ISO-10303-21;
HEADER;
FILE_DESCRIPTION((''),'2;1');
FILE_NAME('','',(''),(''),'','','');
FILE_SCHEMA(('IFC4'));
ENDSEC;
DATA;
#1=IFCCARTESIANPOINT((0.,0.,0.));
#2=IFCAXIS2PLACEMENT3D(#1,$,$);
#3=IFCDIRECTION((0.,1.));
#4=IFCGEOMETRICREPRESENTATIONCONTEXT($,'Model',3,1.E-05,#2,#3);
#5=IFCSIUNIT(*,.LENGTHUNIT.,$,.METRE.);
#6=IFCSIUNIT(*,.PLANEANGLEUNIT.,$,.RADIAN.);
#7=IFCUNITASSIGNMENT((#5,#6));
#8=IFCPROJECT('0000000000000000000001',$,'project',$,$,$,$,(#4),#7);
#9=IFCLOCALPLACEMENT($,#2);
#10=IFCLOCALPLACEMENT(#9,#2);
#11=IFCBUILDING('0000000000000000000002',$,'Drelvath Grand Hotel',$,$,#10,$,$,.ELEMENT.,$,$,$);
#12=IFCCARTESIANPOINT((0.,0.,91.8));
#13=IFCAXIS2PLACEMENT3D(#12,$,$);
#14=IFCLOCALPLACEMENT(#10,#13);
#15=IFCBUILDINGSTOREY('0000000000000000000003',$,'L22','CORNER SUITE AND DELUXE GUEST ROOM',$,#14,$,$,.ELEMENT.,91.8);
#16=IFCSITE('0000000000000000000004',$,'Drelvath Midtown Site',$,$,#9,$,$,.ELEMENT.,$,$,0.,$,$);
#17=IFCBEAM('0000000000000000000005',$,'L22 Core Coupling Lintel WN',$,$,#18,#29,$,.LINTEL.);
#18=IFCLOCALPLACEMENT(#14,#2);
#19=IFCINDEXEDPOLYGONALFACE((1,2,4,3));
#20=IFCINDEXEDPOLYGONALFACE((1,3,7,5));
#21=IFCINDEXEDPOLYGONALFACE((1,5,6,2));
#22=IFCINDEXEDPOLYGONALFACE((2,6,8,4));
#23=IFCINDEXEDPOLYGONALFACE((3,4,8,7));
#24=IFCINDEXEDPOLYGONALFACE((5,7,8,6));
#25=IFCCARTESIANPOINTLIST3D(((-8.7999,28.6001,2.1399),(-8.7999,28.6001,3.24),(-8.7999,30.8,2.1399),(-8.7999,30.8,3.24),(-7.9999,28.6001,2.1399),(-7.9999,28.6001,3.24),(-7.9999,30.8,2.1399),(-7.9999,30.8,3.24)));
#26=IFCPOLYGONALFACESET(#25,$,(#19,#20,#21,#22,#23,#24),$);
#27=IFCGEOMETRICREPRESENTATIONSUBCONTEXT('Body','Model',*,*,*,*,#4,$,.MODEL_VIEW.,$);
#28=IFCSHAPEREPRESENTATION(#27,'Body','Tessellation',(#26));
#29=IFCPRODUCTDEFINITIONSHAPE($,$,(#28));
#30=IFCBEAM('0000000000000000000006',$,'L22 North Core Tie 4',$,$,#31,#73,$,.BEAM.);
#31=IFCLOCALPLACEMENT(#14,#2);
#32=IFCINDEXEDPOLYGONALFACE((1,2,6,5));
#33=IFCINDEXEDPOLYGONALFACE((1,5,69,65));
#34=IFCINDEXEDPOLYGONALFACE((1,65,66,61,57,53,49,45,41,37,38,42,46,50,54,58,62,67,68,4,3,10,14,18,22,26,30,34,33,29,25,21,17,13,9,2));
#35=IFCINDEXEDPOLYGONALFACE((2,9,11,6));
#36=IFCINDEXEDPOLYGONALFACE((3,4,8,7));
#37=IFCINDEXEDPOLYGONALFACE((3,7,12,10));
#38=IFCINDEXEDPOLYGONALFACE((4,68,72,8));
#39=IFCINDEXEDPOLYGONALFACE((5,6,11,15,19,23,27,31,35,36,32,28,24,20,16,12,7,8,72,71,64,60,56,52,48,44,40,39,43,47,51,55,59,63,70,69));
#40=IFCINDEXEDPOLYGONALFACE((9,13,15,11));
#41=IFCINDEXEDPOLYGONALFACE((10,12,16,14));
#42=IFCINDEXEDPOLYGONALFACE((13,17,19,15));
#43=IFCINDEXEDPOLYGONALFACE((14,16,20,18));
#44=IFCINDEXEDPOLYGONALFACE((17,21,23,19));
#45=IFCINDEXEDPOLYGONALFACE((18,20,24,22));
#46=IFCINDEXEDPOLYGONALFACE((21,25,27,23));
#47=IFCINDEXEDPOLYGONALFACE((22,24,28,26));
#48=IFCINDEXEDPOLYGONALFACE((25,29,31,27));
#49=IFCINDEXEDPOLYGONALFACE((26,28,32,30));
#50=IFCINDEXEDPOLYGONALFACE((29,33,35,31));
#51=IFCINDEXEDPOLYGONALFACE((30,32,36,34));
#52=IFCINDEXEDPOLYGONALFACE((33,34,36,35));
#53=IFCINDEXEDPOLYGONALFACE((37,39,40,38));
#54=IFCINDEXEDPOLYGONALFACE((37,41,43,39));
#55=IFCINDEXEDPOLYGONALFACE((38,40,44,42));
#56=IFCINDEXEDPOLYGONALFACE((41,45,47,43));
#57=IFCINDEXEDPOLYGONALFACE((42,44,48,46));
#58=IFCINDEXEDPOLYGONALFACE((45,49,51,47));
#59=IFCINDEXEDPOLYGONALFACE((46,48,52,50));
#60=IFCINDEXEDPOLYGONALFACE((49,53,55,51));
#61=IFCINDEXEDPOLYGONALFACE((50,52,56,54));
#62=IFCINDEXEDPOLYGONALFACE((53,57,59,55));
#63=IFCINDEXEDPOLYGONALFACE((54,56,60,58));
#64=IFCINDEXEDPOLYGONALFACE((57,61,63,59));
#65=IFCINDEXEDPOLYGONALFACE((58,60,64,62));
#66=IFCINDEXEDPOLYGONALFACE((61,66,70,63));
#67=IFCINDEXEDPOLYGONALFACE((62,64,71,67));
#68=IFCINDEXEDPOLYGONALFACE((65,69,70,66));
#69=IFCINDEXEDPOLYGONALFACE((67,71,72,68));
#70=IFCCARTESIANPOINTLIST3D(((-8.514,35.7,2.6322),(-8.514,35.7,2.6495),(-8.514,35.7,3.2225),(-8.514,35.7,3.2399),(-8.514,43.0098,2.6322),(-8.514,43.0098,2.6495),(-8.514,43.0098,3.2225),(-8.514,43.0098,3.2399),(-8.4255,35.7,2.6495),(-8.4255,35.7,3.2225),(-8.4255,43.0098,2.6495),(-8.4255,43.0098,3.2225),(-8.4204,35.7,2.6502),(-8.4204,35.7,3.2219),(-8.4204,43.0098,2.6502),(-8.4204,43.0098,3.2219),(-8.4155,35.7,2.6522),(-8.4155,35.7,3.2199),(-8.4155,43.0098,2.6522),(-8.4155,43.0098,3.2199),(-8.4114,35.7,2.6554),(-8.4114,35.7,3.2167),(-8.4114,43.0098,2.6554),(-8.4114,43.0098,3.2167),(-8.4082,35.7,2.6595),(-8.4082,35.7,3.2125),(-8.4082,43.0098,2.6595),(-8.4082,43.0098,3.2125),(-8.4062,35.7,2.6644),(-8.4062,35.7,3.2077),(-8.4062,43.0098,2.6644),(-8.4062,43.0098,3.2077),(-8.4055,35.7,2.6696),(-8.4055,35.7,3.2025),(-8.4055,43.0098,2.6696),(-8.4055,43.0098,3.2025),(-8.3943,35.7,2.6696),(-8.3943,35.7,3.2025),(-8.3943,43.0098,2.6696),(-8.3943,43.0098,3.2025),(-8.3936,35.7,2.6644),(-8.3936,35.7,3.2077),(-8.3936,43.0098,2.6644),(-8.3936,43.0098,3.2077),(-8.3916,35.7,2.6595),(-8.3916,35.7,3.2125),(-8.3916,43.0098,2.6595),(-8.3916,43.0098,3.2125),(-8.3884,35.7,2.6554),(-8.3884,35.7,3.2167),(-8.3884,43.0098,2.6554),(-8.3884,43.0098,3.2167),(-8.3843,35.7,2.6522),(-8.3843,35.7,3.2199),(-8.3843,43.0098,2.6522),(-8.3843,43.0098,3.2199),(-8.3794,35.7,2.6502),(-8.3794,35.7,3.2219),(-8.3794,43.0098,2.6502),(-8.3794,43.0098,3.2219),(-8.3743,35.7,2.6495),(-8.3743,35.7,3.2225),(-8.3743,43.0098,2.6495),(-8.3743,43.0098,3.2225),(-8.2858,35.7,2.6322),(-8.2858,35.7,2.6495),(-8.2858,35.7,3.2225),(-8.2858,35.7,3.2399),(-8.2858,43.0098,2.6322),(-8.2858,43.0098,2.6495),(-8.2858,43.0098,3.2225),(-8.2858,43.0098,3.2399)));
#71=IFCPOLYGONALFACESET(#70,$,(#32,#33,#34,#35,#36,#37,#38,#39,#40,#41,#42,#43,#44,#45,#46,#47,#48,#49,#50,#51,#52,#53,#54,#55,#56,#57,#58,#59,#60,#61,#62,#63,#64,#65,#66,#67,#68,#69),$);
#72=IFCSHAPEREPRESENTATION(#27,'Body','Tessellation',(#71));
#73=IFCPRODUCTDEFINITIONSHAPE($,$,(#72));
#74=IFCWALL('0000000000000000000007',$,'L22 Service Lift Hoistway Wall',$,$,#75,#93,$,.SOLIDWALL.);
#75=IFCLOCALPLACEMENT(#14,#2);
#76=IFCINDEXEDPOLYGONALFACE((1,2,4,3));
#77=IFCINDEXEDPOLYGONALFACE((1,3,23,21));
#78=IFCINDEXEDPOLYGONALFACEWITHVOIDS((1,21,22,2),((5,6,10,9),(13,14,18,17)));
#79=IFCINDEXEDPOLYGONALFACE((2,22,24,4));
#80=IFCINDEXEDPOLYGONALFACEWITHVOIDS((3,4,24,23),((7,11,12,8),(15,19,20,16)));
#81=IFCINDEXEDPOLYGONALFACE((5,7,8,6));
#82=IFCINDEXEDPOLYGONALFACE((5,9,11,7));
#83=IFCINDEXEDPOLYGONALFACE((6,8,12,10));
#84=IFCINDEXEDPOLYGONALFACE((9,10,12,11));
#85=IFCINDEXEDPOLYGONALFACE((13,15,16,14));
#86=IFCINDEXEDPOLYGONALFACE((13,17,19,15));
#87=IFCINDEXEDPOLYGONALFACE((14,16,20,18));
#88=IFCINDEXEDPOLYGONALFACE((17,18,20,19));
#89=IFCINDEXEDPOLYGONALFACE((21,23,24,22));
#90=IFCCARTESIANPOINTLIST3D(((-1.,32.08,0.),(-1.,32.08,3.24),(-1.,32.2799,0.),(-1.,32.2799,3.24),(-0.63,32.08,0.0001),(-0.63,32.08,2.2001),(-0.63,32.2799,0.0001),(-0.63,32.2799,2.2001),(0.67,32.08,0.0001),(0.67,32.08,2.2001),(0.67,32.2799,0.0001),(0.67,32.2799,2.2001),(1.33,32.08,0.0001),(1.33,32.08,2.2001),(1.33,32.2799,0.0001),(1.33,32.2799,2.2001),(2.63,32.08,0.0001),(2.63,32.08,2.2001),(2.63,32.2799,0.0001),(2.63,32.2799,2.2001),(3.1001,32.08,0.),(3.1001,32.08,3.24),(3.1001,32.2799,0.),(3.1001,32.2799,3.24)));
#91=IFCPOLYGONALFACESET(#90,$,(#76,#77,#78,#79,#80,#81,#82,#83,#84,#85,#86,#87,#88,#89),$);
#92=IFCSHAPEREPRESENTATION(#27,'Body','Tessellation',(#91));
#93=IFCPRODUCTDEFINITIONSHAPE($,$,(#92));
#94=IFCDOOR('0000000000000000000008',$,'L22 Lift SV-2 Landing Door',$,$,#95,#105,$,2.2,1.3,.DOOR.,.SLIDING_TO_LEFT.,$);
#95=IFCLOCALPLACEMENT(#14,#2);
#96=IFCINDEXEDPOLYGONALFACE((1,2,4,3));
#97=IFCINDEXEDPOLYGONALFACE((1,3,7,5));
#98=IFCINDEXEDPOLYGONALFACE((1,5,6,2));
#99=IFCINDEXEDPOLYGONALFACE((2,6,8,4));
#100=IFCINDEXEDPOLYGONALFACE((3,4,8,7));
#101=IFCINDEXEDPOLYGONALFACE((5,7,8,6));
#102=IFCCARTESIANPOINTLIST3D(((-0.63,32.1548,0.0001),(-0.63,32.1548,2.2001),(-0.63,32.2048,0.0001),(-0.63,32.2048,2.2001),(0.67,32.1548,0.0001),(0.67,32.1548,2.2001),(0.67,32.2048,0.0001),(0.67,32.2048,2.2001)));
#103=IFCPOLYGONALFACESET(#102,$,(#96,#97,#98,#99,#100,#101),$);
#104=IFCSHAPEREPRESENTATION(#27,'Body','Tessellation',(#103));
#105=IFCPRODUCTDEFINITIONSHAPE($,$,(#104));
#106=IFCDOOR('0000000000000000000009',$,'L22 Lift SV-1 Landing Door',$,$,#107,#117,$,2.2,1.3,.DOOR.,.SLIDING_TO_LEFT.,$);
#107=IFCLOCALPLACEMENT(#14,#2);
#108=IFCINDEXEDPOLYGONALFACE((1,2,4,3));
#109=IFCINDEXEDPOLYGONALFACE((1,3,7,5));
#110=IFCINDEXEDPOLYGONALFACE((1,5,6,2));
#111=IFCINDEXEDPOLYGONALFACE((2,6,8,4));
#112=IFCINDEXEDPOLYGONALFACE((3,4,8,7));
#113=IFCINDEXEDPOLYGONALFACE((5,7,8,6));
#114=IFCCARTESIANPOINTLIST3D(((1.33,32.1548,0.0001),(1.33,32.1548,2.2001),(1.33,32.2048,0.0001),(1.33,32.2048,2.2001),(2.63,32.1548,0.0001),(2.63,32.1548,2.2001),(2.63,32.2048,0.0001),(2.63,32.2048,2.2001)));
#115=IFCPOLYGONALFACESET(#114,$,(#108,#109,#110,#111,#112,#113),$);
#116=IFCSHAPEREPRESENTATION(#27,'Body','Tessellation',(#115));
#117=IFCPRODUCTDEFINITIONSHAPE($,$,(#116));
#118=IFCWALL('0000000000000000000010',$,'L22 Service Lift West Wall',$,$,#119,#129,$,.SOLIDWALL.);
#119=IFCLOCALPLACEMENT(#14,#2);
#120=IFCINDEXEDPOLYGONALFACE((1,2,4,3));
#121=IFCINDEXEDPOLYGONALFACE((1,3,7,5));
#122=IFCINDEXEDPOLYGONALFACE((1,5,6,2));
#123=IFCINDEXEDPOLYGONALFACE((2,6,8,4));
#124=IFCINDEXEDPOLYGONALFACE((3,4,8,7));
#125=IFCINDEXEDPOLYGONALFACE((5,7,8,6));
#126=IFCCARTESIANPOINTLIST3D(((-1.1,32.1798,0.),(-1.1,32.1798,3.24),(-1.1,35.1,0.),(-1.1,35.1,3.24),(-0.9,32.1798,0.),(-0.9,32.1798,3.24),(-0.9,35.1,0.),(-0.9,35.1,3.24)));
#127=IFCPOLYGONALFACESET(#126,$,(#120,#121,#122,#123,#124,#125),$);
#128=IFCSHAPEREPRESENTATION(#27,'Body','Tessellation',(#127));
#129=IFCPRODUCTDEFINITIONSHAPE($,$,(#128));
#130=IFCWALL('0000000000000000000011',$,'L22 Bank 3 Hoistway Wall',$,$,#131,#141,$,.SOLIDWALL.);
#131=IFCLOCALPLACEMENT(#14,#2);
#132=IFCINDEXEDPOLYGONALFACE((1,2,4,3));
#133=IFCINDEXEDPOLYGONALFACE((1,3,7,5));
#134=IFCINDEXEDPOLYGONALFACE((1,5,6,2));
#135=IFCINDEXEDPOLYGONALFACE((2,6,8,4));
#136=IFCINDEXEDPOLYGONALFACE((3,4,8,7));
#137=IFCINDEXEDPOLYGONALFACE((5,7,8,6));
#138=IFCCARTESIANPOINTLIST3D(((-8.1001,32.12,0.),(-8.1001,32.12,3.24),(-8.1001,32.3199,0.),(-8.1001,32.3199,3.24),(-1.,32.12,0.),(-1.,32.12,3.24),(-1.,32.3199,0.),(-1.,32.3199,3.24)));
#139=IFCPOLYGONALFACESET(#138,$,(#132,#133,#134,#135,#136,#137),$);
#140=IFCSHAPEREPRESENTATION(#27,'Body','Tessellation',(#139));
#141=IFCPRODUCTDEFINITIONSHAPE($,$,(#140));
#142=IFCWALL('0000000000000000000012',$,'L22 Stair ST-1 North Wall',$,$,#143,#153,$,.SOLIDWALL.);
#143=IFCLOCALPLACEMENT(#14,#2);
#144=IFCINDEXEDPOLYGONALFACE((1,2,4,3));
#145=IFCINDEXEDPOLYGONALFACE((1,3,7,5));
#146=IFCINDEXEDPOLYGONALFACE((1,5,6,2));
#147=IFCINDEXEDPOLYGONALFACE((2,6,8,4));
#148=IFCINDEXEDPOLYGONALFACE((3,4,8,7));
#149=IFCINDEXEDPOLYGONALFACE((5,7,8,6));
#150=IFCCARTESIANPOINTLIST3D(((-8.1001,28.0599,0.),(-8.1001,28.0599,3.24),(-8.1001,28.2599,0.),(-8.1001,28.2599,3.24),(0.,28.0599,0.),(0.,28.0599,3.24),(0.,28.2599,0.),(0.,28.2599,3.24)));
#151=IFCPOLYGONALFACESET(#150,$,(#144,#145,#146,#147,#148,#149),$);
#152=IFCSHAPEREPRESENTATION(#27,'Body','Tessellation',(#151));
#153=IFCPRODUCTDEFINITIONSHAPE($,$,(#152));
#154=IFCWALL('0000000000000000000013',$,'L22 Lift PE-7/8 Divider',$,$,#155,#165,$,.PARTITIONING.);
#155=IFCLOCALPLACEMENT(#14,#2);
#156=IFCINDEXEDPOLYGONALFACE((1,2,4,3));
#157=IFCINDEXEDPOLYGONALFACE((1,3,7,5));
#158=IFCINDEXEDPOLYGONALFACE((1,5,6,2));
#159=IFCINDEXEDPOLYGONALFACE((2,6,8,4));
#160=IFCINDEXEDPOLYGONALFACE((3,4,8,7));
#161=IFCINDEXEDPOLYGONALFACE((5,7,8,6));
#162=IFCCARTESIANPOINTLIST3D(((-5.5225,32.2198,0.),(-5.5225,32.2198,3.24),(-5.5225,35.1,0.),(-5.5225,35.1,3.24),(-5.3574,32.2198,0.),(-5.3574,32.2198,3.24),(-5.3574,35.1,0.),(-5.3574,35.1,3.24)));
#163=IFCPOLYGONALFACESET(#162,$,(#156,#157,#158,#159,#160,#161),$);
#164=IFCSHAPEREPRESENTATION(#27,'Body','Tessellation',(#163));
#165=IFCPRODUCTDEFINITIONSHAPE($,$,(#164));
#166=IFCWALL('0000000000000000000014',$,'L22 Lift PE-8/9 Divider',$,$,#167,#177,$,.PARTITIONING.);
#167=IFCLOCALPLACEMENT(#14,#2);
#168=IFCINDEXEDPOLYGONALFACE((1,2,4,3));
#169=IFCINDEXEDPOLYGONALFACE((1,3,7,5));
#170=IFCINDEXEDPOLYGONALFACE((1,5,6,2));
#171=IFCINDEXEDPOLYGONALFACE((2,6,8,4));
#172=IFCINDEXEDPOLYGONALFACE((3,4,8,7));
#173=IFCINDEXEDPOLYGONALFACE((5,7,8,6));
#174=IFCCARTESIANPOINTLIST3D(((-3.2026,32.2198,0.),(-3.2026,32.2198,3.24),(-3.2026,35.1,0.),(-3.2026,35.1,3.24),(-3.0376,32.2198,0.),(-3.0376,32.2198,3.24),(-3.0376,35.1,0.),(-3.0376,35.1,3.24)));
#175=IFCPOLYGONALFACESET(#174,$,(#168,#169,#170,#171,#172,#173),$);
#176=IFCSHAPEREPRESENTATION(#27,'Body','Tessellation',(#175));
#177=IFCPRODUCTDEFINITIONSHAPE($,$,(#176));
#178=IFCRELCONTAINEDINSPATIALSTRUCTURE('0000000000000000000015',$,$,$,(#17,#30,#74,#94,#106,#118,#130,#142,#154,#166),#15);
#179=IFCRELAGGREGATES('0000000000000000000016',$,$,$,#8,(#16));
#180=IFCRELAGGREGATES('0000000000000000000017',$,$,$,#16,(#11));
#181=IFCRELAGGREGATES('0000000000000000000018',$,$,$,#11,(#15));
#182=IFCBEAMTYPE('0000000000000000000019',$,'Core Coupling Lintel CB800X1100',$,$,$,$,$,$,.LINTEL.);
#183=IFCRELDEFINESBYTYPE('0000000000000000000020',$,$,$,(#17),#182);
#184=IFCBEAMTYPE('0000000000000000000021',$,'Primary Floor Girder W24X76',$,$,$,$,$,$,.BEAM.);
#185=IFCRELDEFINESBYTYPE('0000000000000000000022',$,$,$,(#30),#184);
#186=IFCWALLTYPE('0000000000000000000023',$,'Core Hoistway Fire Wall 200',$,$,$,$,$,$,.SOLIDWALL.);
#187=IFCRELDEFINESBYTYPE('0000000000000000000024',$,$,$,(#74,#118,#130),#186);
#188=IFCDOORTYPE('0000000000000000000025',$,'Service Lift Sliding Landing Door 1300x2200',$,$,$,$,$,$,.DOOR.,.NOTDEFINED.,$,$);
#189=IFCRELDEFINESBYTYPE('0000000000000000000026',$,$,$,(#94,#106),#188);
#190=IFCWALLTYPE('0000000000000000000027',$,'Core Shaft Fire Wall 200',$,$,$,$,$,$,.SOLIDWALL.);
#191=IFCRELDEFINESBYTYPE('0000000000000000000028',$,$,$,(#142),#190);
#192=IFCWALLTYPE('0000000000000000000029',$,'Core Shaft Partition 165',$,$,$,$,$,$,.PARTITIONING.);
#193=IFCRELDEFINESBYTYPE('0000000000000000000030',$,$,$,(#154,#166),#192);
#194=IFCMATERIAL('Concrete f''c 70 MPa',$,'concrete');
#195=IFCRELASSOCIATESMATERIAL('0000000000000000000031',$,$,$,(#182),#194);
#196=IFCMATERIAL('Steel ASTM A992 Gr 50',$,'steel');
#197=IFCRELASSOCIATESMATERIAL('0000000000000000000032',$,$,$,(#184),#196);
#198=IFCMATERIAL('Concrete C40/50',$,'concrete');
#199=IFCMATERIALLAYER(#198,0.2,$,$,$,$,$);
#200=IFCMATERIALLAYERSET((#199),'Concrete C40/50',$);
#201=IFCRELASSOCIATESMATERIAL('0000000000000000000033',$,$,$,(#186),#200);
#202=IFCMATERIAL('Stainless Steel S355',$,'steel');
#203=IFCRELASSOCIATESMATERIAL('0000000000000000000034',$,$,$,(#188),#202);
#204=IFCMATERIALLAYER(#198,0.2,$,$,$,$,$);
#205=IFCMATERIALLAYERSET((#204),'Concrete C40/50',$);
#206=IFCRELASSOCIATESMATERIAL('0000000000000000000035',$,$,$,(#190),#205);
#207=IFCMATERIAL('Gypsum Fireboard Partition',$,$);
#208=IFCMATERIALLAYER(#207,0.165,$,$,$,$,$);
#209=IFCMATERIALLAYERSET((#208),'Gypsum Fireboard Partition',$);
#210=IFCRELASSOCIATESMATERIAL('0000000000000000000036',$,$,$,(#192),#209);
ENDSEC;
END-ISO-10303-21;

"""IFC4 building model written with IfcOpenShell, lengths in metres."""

from ifc_helpers import new_model, si_unit, direction, frame, frame_2d, origin, origin_2d, place, context, subcontext, project, spatial, rectangle, i_section, extrude, material, layer, layer_set, material_profile, profile_set, type_object, element, fill, save


model = new_model("IFC4")

# Units and contexts
model_context = context("Model", 3, precision=1e-05, world=origin(), true_north=direction((0.0, 1.0)))
body_context = subcontext(model_context, "Body", "Model", "MODEL_VIEW")
ifc_project = project(units=[si_unit("LENGTHUNIT", "METRE"), si_unit("PLANEANGLEUNIT", "RADIAN")], contexts=[model_context])

# Site, building, storey
site_placement = place(None, origin())
site = spatial("IfcSite", under=ifc_project, at=site_placement, Name="Drelvath Midtown Site", CompositionType="ELEMENT", RefElevation=0.0)
building_placement = place(site_placement, origin())
building = spatial("IfcBuilding", under=site, at=building_placement, Name="Drelvath Grand Hotel", CompositionType="ELEMENT")
storey_placement = place(building_placement, frame((0.0, 0.0, 91.8)))
storey = spatial("IfcBuildingStorey", under=building, at=storey_placement, Name="L22", Description="CORNER SUITE AND DELUXE GUEST ROOM", CompositionType="ELEMENT", Elevation=91.8)

# Beams
ifc_material_1 = material(Name="Concrete f'c 70 MPa", Category="concrete")
ifc_material_profile_1 = material_profile(ifc_material_1, rectangle(XDim=0.8, YDim=1.1001, at=origin_2d()), Name="CB800X1100")
ifc_profile_set_1 = profile_set([ifc_material_profile_1], Name="Concrete f'c 70 MPa")
beam_type_1 = type_object("IfcBeamType", Name="Core Coupling Lintel CB800X1100", PredefinedType="LINTEL", material=ifc_profile_set_1)
beam_1_placement = place(storey_placement, frame((-8.3999, 28.6001, 2.6899), z_axis=(0.0, 1.0, 0.0), x_axis=(-1.0, 0.0, 0.0)))
element("IfcBeam", 1, at=beam_1_placement, inside=storey, type_object=beam_type_1, Name="L22 Core Coupling Lintel WN", PredefinedType="LINTEL", context=body_context, shape_type="SweptSolid", body=[
    extrude(rectangle(XDim=0.8, YDim=1.1001, at=origin_2d()), origin(), (0.0, 0.0, 1.0), 2.2),
])
ifc_material_2 = material(Name="Steel ASTM A992 Gr 50", Category="steel")
ifc_material_profile_2 = material_profile(ifc_material_2, i_section(OverallWidth=0.2283, OverallDepth=0.6077, WebThickness=0.0112, FlangeThickness=0.0173, FilletRadius=0.02, at=origin_2d()), Name="W24X76")
ifc_profile_set_2 = profile_set([ifc_material_profile_2], Name="Steel ASTM A992 Gr 50")
beam_type_2 = type_object("IfcBeamType", Name="Primary Floor Girder W24X76", PredefinedType="BEAM", material=ifc_profile_set_2)
beam_2_placement = place(storey_placement, frame((-8.3999, 35.7, 2.936), z_axis=(0.0, 1.0, 0.0), x_axis=(-1.0, 0.0, 0.0)))
element("IfcBeam", 2, at=beam_2_placement, inside=storey, type_object=beam_type_2, Name="L22 North Core Tie 4", PredefinedType="BEAM", context=body_context, shape_type="SweptSolid", body=[
    extrude(i_section(OverallWidth=0.2283, OverallDepth=0.6077, WebThickness=0.0112, FlangeThickness=0.0173, FilletRadius=0.02, at=origin_2d()), origin(), (0.0, 0.0, 1.0), 7.3098),
])

# Wall, openings, doors
ifc_material_3 = material(Name="Concrete C40/50", Category="concrete")
ifc_layer_1 = layer(ifc_material_3, 0.2)
ifc_layer_set_1 = layer_set([ifc_layer_1], Name="Concrete C40/50")
wall_type_1 = type_object("IfcWallType", Name="Core Hoistway Fire Wall 200", PredefinedType="SOLIDWALL", material=ifc_layer_set_1)
wall_1_placement = place(storey_placement, frame((-1.0, 32.1799, 0.0), z_axis=(0.0, 0.0, 1.0), x_axis=(1.0, 0.0, 0.0)))
wall_1 = element("IfcWall", 3, at=wall_1_placement, inside=storey, type_object=wall_type_1, Name="L22 Service Lift Hoistway Wall", PredefinedType="SOLIDWALL", context=body_context, shape_type="SweptSolid", body=[
    extrude(rectangle(XDim=4.1001, YDim=0.2, at=frame_2d((2.05, 0.0))), origin(), (0.0, 0.0, 1.0), 3.24),
])
opening_1_placement = place(wall_1_placement, frame((0.3701, 0.0, 0.0)))
opening_1 = element("IfcOpeningElement", 4, at=opening_1_placement, cuts=wall_1, PredefinedType="OPENING", context=body_context, shape_type="SweptSolid", body=[
    extrude(rectangle(XDim=1.3, YDim=2.2, at=frame_2d((0.6499, 1.1001))), frame((0.0, 0.1099, 0.0), z_axis=(0.0, -1.0, 0.0), x_axis=(1.0, 0.0, 0.0)), (0.0, 0.0, 1.0), 0.22),
])
opening_2_placement = place(wall_1_placement, frame((2.3301, 0.0, 0.0)))
opening_2 = element("IfcOpeningElement", 5, at=opening_2_placement, cuts=wall_1, PredefinedType="OPENING", context=body_context, shape_type="SweptSolid", body=[
    extrude(rectangle(XDim=1.3, YDim=2.2, at=frame_2d((0.6499, 1.1001))), frame((0.0, 0.1099, 0.0), z_axis=(0.0, -1.0, 0.0), x_axis=(1.0, 0.0, 0.0)), (0.0, 0.0, 1.0), 0.22),
])
ifc_material_4 = material(Name="Stainless Steel S355", Category="steel")
door_type_1 = type_object("IfcDoorType", Name="Service Lift Sliding Landing Door 1300x2200", OperationType="NOTDEFINED", PredefinedType="DOOR", material=ifc_material_4)
door_1_placement = place(opening_1_placement, origin())
door_1 = element("IfcDoor", 6, at=door_1_placement, inside=storey, type_object=door_type_1, Name="L22 Lift SV-2 Landing Door", OperationType="SLIDING_TO_LEFT", OverallHeight=2.2, OverallWidth=1.3, PredefinedType="DOOR", context=body_context, shape_type="SweptSolid", body=[
    extrude(rectangle(XDim=1.3, YDim=2.2, at=frame_2d((0.6499, 1.1001))), frame((0.0, 0.0249, 0.0), z_axis=(0.0, -1.0, 0.0), x_axis=(1.0, 0.0, 0.0)), (0.0, 0.0, 1.0), 0.05),
])
fill(opening_1, door_1)
door_2_placement = place(opening_2_placement, origin())
door_2 = element("IfcDoor", 7, at=door_2_placement, inside=storey, type_object=door_type_1, Name="L22 Lift SV-1 Landing Door", OperationType="SLIDING_TO_LEFT", OverallHeight=2.2, OverallWidth=1.3, PredefinedType="DOOR", context=body_context, shape_type="SweptSolid", body=[
    extrude(rectangle(XDim=1.3, YDim=2.2, at=frame_2d((0.6499, 1.1001))), frame((0.0, 0.0249, 0.0), z_axis=(0.0, -1.0, 0.0), x_axis=(1.0, 0.0, 0.0)), (0.0, 0.0, 1.0), 0.05),
])
fill(opening_2, door_2)

# Walls
wall_2_placement = place(storey_placement, frame((-1.0, 32.1799, 0.0), z_axis=(0.0, 0.0, 1.0), x_axis=(0.0, 1.0, 0.0)))
element("IfcWall", 8, at=wall_2_placement, inside=storey, type_object=wall_type_1, Name="L22 Service Lift West Wall", PredefinedType="SOLIDWALL", context=body_context, shape_type="SweptSolid", body=[
    extrude(rectangle(XDim=2.9202, YDim=0.2, at=frame_2d((1.46, 0.0))), origin(), (0.0, 0.0, 1.0), 3.24),
])
wall_3_placement = place(storey_placement, frame((-8.1001, 32.22, 0.0), z_axis=(0.0, 0.0, 1.0), x_axis=(1.0, 0.0, 0.0)))
element("IfcWall", 9, at=wall_3_placement, inside=storey, type_object=wall_type_1, Name="L22 Bank 3 Hoistway Wall", PredefinedType="SOLIDWALL", context=body_context, shape_type="SweptSolid", body=[
    extrude(rectangle(XDim=7.1001, YDim=0.2, at=frame_2d((3.55, 0.0))), origin(), (0.0, 0.0, 1.0), 3.24),
])
ifc_layer_2 = layer(ifc_material_3, 0.2)
ifc_layer_set_2 = layer_set([ifc_layer_2], Name="Concrete C40/50")
wall_type_2 = type_object("IfcWallType", Name="Core Shaft Fire Wall 200", PredefinedType="SOLIDWALL", material=ifc_layer_set_2)
wall_4_placement = place(storey_placement, frame((-8.1001, 28.1599, 0.0), z_axis=(0.0, 0.0, 1.0), x_axis=(1.0, 0.0, 0.0)))
element("IfcWall", 10, at=wall_4_placement, inside=storey, type_object=wall_type_2, Name="L22 Stair ST-1 North Wall", PredefinedType="SOLIDWALL", context=body_context, shape_type="SweptSolid", body=[
    extrude(rectangle(XDim=8.1001, YDim=0.2, at=frame_2d((4.05, 0.0))), origin(), (0.0, 0.0, 1.0), 3.24),
])
ifc_material_5 = material(Name="Gypsum Fireboard Partition")
ifc_layer_3 = layer(ifc_material_5, 0.165)
ifc_layer_set_3 = layer_set([ifc_layer_3], Name="Gypsum Fireboard Partition")
wall_type_3 = type_object("IfcWallType", Name="Core Shaft Partition 165", PredefinedType="PARTITIONING", material=ifc_layer_set_3)
for number, where, z_axis, x_axis, name in (
    (11, (-5.4399, 32.22, 0.0), (0.0, 0.0, 1.0), (0.0, 1.0, 0.0), "L22 Lift PE-7/8 Divider"),
    (12, (-3.1201, 32.22, 0.0), (0.0, 0.0, 1.0), (0.0, 1.0, 0.0), "L22 Lift PE-8/9 Divider"),
):
    element("IfcWall", number, at=place(storey_placement, frame(where, z_axis=z_axis, x_axis=x_axis)), inside=storey, type_object=wall_type_3, Name=name, PredefinedType="PARTITIONING", context=body_context, shape_type="SweptSolid", body=[
        extrude(rectangle(XDim=2.8801, YDim=0.165, at=frame_2d((1.4399, 0.0))), origin(), (0.0, 0.0, 1.0), 3.24),
    ])

save(model, "model.ifc")
